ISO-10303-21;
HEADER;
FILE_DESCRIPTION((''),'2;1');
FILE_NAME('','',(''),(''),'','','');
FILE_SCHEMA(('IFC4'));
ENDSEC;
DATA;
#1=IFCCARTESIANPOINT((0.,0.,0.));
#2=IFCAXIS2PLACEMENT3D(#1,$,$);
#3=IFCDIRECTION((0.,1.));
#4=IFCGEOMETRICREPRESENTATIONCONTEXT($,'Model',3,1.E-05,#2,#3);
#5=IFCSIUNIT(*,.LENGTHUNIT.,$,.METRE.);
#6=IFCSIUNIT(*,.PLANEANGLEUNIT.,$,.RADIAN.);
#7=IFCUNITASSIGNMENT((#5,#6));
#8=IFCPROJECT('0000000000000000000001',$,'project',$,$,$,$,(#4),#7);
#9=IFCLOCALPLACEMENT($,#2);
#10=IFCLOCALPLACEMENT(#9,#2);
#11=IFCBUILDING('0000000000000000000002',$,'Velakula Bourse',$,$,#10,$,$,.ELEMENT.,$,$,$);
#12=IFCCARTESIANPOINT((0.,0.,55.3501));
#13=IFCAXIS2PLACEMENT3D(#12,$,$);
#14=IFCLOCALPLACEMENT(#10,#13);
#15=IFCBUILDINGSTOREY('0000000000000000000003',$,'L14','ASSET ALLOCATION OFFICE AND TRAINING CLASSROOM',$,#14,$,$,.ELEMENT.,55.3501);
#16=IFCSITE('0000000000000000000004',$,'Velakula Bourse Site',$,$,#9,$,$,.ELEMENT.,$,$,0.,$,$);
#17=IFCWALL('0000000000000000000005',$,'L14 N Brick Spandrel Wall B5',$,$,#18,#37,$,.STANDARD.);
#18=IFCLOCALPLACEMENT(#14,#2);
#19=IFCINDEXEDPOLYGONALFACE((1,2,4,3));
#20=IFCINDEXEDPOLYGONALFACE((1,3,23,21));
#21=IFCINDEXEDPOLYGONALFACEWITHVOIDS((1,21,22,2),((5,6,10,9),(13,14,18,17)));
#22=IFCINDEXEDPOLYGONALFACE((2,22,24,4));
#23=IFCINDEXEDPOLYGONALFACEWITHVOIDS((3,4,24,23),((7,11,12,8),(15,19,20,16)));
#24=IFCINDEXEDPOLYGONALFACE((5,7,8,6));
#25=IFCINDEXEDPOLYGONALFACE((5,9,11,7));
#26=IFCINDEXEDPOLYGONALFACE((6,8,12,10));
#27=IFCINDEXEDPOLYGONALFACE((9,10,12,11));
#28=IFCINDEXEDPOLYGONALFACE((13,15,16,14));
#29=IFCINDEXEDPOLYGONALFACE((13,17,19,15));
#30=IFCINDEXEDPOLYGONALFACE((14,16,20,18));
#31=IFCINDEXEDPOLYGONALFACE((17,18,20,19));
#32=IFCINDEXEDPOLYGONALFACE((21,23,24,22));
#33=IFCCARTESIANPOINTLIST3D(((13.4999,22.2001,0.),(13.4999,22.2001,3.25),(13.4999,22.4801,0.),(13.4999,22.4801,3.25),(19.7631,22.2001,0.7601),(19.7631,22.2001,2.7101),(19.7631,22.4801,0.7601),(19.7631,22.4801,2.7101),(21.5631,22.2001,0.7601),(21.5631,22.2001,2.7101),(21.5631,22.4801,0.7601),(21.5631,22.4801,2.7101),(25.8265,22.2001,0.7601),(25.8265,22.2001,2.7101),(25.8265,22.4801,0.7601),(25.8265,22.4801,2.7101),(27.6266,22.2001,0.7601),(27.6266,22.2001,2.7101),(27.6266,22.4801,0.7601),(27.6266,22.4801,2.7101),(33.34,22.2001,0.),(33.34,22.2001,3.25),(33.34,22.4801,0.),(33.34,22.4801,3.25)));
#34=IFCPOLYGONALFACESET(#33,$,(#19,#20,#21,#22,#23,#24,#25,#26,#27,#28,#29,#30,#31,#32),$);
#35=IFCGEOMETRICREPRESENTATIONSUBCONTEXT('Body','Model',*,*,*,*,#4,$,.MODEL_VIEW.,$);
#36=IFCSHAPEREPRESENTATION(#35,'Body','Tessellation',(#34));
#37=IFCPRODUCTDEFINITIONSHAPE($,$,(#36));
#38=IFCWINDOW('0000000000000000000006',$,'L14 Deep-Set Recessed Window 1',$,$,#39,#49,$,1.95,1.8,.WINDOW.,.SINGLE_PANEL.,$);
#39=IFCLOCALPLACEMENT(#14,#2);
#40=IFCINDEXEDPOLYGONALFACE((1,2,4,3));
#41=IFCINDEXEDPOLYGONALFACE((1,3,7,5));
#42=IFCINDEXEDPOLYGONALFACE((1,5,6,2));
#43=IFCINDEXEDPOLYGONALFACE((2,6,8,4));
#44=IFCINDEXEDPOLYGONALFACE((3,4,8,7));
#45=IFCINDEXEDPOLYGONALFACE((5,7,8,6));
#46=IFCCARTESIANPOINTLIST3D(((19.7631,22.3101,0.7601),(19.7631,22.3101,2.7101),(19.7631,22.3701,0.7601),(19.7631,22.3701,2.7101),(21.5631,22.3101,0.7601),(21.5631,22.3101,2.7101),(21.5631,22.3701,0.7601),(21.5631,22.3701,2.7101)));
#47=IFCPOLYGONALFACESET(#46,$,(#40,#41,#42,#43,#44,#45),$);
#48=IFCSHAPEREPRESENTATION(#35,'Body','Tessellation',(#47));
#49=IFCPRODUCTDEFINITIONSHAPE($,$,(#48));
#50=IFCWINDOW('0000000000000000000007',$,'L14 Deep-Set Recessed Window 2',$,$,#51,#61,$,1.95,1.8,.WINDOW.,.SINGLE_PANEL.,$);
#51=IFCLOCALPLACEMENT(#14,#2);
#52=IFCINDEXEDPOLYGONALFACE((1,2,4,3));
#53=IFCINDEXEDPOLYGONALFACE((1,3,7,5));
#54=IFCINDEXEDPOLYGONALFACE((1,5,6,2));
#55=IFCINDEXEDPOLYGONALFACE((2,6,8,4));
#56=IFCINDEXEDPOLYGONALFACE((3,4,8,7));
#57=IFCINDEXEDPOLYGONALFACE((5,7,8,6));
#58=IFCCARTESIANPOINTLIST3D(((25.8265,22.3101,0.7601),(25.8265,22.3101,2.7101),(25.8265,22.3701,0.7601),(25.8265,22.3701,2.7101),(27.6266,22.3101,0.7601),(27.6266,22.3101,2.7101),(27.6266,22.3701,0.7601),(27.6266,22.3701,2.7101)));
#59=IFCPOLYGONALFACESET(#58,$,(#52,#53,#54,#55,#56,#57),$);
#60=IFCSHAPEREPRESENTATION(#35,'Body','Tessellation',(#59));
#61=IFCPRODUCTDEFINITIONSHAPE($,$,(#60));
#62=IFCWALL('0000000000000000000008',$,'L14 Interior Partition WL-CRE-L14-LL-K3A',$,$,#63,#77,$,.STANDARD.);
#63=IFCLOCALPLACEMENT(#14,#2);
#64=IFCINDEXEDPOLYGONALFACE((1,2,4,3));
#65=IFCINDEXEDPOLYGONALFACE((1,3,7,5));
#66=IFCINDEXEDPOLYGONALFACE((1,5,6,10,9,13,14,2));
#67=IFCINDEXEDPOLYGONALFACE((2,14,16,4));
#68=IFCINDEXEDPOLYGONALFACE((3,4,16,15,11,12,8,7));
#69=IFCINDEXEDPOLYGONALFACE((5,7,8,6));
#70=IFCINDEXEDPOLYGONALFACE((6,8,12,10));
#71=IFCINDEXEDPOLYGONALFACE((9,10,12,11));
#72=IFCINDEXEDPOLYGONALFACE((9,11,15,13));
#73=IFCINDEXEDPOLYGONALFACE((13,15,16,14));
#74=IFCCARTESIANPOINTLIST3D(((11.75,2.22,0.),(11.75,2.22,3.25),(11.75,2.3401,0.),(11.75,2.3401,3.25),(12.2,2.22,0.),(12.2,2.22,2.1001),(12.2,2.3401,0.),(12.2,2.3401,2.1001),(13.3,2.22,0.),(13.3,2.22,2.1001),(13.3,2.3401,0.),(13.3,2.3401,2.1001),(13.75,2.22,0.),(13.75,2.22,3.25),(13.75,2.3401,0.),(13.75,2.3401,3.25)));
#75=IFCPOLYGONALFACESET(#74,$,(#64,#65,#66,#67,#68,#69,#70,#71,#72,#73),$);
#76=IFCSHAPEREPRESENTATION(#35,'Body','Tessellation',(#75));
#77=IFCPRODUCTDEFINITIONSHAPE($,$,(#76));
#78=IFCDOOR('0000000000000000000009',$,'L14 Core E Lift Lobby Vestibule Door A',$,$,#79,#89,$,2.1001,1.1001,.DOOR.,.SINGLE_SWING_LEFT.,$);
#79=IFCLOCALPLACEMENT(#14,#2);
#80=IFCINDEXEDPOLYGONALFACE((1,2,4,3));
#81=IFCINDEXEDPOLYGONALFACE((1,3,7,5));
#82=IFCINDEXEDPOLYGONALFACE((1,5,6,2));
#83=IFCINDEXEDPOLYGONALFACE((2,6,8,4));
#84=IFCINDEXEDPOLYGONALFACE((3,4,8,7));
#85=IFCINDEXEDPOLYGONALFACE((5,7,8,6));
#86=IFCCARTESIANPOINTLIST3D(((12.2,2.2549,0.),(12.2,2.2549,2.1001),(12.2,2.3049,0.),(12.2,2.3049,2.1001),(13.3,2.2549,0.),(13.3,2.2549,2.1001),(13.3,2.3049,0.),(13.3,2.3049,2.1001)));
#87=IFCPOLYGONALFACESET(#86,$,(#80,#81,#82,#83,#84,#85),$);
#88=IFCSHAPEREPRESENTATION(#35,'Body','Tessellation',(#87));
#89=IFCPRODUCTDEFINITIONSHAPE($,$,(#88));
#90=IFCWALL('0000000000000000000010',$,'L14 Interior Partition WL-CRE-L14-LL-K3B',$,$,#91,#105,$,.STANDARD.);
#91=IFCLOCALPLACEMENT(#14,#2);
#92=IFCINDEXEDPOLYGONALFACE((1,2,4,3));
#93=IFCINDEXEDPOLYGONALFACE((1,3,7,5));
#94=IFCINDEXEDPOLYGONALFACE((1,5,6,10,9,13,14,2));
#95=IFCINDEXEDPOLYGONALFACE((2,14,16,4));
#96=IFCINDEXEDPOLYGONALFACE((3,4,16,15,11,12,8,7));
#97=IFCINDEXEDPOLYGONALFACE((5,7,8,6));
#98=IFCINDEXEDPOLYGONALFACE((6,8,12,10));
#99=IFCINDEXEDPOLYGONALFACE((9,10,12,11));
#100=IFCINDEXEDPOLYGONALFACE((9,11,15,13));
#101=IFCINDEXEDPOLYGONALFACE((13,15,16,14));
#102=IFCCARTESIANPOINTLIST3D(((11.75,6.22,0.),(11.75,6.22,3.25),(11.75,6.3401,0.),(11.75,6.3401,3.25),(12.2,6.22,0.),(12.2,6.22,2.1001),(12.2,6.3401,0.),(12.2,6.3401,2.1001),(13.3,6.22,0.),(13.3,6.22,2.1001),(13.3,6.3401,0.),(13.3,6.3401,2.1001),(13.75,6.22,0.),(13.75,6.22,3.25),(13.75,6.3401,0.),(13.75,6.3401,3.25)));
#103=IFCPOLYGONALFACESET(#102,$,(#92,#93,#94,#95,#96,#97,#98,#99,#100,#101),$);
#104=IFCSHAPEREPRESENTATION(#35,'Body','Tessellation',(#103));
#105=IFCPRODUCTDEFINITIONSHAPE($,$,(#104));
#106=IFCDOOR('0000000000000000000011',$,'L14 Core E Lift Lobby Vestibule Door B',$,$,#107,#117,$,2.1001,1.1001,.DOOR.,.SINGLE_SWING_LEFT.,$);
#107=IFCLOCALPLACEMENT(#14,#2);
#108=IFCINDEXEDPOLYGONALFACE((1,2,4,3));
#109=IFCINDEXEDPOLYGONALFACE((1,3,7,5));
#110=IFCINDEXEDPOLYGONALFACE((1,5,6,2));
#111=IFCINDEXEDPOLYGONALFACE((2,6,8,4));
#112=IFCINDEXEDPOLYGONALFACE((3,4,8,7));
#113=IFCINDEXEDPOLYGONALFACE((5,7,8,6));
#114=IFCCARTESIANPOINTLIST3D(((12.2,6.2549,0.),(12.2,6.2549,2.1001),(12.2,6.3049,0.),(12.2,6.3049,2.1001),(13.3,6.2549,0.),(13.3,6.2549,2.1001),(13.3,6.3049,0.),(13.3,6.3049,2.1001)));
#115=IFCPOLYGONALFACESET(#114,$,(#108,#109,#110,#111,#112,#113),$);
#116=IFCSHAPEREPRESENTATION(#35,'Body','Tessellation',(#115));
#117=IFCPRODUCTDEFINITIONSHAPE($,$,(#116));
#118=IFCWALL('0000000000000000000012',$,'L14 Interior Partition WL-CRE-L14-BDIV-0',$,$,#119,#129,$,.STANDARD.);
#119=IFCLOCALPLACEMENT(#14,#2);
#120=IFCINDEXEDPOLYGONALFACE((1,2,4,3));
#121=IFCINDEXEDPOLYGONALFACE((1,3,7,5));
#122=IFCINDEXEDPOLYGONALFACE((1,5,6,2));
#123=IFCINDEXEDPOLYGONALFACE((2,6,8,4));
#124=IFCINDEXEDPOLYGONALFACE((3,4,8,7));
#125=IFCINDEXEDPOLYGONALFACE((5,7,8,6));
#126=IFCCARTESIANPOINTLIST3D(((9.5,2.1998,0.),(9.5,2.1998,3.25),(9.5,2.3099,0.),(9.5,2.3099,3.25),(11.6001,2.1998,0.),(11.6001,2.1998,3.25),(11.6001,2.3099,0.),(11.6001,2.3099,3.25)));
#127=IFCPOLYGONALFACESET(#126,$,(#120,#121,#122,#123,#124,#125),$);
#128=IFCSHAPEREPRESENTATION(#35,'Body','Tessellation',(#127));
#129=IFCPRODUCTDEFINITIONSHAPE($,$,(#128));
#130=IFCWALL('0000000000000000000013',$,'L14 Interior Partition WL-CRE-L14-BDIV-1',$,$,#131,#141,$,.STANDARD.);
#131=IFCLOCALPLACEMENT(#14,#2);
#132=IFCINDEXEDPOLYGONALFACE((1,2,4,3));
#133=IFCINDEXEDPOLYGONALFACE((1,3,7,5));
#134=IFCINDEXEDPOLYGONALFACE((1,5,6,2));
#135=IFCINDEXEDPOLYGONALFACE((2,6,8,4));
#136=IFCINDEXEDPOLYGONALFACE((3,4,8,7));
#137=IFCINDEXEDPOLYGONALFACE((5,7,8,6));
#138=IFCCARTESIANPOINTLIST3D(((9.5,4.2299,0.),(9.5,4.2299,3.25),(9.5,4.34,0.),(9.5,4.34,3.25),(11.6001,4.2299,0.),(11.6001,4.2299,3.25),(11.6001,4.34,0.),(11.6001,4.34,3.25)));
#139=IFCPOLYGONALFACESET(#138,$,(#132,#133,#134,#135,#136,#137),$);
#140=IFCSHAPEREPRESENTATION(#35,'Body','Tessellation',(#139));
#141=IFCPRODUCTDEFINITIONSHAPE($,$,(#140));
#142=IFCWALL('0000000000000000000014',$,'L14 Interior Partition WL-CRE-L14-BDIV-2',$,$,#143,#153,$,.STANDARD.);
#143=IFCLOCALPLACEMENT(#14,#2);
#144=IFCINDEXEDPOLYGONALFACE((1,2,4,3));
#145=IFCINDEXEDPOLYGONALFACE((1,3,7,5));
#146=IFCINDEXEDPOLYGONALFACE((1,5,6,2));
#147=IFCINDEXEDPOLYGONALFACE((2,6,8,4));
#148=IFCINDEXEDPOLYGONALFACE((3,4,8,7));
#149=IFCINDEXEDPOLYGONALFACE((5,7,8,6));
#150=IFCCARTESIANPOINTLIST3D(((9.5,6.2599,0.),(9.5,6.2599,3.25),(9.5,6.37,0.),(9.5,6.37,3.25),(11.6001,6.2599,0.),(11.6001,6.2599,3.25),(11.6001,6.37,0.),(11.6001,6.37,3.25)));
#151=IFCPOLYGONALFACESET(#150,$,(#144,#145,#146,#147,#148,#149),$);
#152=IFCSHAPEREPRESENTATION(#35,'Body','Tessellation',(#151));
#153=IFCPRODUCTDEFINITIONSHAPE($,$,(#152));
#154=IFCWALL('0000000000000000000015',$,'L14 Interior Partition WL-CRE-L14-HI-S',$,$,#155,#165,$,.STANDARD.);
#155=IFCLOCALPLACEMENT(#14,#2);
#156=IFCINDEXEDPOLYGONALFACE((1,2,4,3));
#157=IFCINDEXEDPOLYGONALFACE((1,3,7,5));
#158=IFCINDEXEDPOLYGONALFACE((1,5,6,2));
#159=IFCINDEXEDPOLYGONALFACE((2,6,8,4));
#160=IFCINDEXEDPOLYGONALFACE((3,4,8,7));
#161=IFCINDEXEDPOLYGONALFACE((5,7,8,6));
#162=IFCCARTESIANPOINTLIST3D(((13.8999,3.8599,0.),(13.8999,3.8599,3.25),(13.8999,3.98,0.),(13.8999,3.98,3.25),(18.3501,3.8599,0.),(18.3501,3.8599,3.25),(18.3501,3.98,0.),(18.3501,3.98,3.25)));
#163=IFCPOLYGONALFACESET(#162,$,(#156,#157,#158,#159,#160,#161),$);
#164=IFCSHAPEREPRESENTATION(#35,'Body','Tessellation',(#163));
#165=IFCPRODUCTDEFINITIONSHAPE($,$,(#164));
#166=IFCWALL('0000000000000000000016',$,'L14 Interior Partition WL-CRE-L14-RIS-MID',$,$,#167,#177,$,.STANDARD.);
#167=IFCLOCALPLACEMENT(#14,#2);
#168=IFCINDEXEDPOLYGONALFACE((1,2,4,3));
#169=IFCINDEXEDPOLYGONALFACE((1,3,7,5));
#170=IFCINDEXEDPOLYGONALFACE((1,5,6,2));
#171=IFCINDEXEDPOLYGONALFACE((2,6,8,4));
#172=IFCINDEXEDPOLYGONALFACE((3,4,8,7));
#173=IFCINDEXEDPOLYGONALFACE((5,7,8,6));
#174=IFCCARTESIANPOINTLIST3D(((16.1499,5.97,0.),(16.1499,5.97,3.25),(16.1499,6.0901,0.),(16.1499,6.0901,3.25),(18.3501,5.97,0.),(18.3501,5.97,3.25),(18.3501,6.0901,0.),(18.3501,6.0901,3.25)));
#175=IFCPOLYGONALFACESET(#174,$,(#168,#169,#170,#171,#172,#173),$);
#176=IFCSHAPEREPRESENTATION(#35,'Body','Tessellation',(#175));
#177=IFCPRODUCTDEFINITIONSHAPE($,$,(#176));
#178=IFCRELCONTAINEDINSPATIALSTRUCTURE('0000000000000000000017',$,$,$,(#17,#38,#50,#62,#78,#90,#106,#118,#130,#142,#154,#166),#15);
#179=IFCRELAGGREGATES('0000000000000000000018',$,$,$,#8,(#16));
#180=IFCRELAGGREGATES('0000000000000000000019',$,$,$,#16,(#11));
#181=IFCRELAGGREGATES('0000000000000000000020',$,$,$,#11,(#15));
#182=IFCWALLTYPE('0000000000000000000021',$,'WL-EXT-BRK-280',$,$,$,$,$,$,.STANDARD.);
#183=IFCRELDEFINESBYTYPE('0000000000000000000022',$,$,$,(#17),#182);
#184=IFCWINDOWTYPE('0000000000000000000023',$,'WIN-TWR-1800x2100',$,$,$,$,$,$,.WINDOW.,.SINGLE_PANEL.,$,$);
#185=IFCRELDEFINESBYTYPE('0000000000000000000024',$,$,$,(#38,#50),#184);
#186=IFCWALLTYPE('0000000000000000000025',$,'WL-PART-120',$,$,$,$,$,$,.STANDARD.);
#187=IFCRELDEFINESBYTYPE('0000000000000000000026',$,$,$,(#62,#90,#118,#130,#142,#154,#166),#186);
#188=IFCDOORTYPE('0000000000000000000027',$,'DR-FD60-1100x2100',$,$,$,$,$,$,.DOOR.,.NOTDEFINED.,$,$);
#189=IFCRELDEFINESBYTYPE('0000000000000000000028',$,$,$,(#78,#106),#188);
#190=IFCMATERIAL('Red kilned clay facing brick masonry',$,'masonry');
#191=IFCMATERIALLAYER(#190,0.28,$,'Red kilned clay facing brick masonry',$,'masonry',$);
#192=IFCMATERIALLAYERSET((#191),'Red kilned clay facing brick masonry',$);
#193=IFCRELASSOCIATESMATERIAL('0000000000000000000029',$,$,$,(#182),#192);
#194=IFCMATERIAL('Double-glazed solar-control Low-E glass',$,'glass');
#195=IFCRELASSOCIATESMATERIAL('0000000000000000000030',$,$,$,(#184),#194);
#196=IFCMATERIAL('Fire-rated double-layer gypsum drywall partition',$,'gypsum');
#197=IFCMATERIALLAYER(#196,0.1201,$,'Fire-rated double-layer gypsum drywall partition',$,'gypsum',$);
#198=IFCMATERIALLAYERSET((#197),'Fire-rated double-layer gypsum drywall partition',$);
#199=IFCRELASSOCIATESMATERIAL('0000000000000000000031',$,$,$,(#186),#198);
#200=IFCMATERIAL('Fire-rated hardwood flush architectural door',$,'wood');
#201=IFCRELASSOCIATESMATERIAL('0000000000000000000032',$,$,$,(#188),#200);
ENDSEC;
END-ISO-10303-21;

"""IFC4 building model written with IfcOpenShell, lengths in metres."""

from ifc_helpers import new_model, si_unit, direction, frame, frame_2d, origin, place, context, subcontext, project, spatial, rectangle, extrude, material, layer, layer_set, type_object, element, fill, save


model = new_model("IFC4")

# Units and contexts
model_context = context("Model", 3, precision=1e-05, world=origin(), true_north=direction((0.0, 1.0)))
body_context = subcontext(model_context, "Body", "Model", "MODEL_VIEW")
ifc_project = project(units=[si_unit("LENGTHUNIT", "METRE"), si_unit("PLANEANGLEUNIT", "RADIAN")], contexts=[model_context])

# Site, building, storey
site_placement = place(None, origin())
site = spatial("IfcSite", under=ifc_project, at=site_placement, Name="Velakula Bourse Site", CompositionType="ELEMENT", RefElevation=0.0)
building_placement = place(site_placement, origin())
building = spatial("IfcBuilding", under=site, at=building_placement, Name="Velakula Bourse", CompositionType="ELEMENT")
storey_placement = place(building_placement, frame((0.0, 0.0, 55.3501)))
storey = spatial("IfcBuildingStorey", under=building, at=storey_placement, Name="L14", Description="ASSET ALLOCATION OFFICE AND TRAINING CLASSROOM", CompositionType="ELEMENT", Elevation=55.3501)

# Wall, openings, windows
ifc_material_1 = material(Name="Red kilned clay facing brick masonry", Category="masonry")
ifc_layer_1 = layer(ifc_material_1, 0.28, Name="Red kilned clay facing brick masonry", Category="masonry")
ifc_layer_set_1 = layer_set([ifc_layer_1], Name="Red kilned clay facing brick masonry")
wall_type_1 = type_object("IfcWallType", Name="WL-EXT-BRK-280", PredefinedType="STANDARD", material=ifc_layer_set_1)
wall_1_placement = place(storey_placement, frame((13.5, 22.3401, 0.0), z_axis=(0.0, 0.0, 1.0), x_axis=(1.0, 0.0, 0.0)))
wall_1 = element("IfcWall", 1, at=wall_1_placement, inside=storey, type_object=wall_type_1, Name="L14 N Brick Spandrel Wall B5", PredefinedType="STANDARD", context=body_context, shape_type="SweptSolid", body=[
    extrude(rectangle(XDim=19.8401, YDim=0.28, at=frame_2d((9.9199, 0.0))), origin(), (0.0, 0.0, 1.0), 3.25),
])
opening_1_placement = place(wall_1_placement, frame((6.2632, 0.0, 0.76)))
opening_1 = element("IfcOpeningElement", 2, at=opening_1_placement, cuts=wall_1, PredefinedType="OPENING", context=body_context, shape_type="SweptSolid", body=[
    extrude(rectangle(XDim=1.8, YDim=1.95, at=frame_2d((0.8999, 0.9751))), frame((0.0, 0.1499, 0.0), z_axis=(0.0, -1.0, 0.0), x_axis=(1.0, 0.0, 0.0)), (0.0, 0.0, 1.0), 0.3),
])
opening_2_placement = place(wall_1_placement, frame((12.3267, 0.0, 0.76)))
opening_2 = element("IfcOpeningElement", 3, at=opening_2_placement, cuts=wall_1, PredefinedType="OPENING", context=body_context, shape_type="SweptSolid", body=[
    extrude(rectangle(XDim=1.8, YDim=1.95, at=frame_2d((0.8999, 0.9751))), frame((0.0, 0.1499, 0.0), z_axis=(0.0, -1.0, 0.0), x_axis=(1.0, 0.0, 0.0)), (0.0, 0.0, 1.0), 0.3),
])
ifc_material_2 = material(Name="Double-glazed solar-control Low-E glass", Category="glass")
window_type = type_object("IfcWindowType", Name="WIN-TWR-1800x2100", PartitioningType="SINGLE_PANEL", PredefinedType="WINDOW", material=ifc_material_2)
window_1_placement = place(opening_1_placement, origin())
window_1 = element("IfcWindow", 4, at=window_1_placement, inside=storey, type_object=window_type, Name="L14 Deep-Set Recessed Window 1", OverallHeight=1.95, OverallWidth=1.8, PartitioningType="SINGLE_PANEL", PredefinedType="WINDOW", context=body_context, shape_type="SweptSolid", body=[
    extrude(rectangle(XDim=1.8, YDim=1.95, at=frame_2d((0.8999, 0.9751))), frame((0.0, 0.03, 0.0), z_axis=(0.0, -1.0, 0.0), x_axis=(1.0, 0.0, 0.0)), (0.0, 0.0, 1.0), 0.0601),
])
fill(opening_1, window_1)
window_2_placement = place(opening_2_placement, origin())
window_2 = element("IfcWindow", 5, at=window_2_placement, inside=storey, type_object=window_type, Name="L14 Deep-Set Recessed Window 2", OverallHeight=1.95, OverallWidth=1.8, PartitioningType="SINGLE_PANEL", PredefinedType="WINDOW", context=body_context, shape_type="SweptSolid", body=[
    extrude(rectangle(XDim=1.8, YDim=1.95, at=frame_2d((0.8999, 0.9751))), frame((0.0, 0.03, 0.0), z_axis=(0.0, -1.0, 0.0), x_axis=(1.0, 0.0, 0.0)), (0.0, 0.0, 1.0), 0.0601),
])
fill(opening_2, window_2)

# Walls, openings, doors
ifc_material_3 = material(Name="Fire-rated double-layer gypsum drywall partition", Category="gypsum")
ifc_layer_2 = layer(ifc_material_3, 0.1201, Name="Fire-rated double-layer gypsum drywall partition", Category="gypsum")
ifc_layer_set_2 = layer_set([ifc_layer_2], Name="Fire-rated double-layer gypsum drywall partition")
wall_type_2 = type_object("IfcWallType", Name="WL-PART-120", PredefinedType="STANDARD", material=ifc_layer_set_2)
wall_2_placement = place(storey_placement, frame((11.75, 2.28, 0.0), z_axis=(0.0, 0.0, 1.0), x_axis=(1.0, 0.0, 0.0)))
wall_2 = element("IfcWall", 6, at=wall_2_placement, inside=storey, type_object=wall_type_2, Name="L14 Interior Partition WL-CRE-L14-LL-K3A", PredefinedType="STANDARD", context=body_context, shape_type="SweptSolid", body=[
    extrude(rectangle(XDim=2.0, YDim=0.1201, at=frame_2d((1.0, 0.0))), origin(), (0.0, 0.0, 1.0), 3.25),
])
opening_3_placement = place(wall_2_placement, frame((0.45, 0.0, 0.0)))
opening_3 = element("IfcOpeningElement", 7, at=opening_3_placement, cuts=wall_2, PredefinedType="OPENING", context=body_context, shape_type="SweptSolid", body=[
    extrude(rectangle(XDim=1.1001, YDim=2.1001, at=frame_2d((0.55, 1.05))), frame((0.0, 0.0701, 0.0), z_axis=(0.0, -1.0, 0.0), x_axis=(1.0, 0.0, 0.0)), (0.0, 0.0, 1.0), 0.1401),
])
ifc_material_4 = material(Name="Fire-rated hardwood flush architectural door", Category="wood")
door_type_1 = type_object("IfcDoorType", Name="DR-FD60-1100x2100", OperationType="NOTDEFINED", PredefinedType="DOOR", material=ifc_material_4)
door_1_placement = place(opening_3_placement, origin())
door_1 = element("IfcDoor", 8, at=door_1_placement, inside=storey, type_object=door_type_1, Name="L14 Core E Lift Lobby Vestibule Door A", OperationType="SINGLE_SWING_LEFT", OverallHeight=2.1001, OverallWidth=1.1001, PredefinedType="DOOR", context=body_context, shape_type="SweptSolid", body=[
    extrude(rectangle(XDim=1.1001, YDim=2.1001, at=frame_2d((0.55, 1.05))), frame((0.0, 0.0249, 0.0), z_axis=(0.0, -1.0, 0.0), x_axis=(1.0, 0.0, 0.0)), (0.0, 0.0, 1.0), 0.05),
])
fill(opening_3, door_1)
wall_3_placement = place(storey_placement, frame((11.75, 6.28, 0.0), z_axis=(0.0, 0.0, 1.0), x_axis=(1.0, 0.0, 0.0)))
wall_3 = element("IfcWall", 9, at=wall_3_placement, inside=storey, type_object=wall_type_2, Name="L14 Interior Partition WL-CRE-L14-LL-K3B", PredefinedType="STANDARD", context=body_context, shape_type="SweptSolid", body=[
    extrude(rectangle(XDim=2.0, YDim=0.1201, at=frame_2d((1.0, 0.0))), origin(), (0.0, 0.0, 1.0), 3.25),
])
opening_4_placement = place(wall_3_placement, frame((0.45, 0.0, 0.0)))
opening_4 = element("IfcOpeningElement", 10, at=opening_4_placement, cuts=wall_3, PredefinedType="OPENING", context=body_context, shape_type="SweptSolid", body=[
    extrude(rectangle(XDim=1.1001, YDim=2.1001, at=frame_2d((0.55, 1.05))), frame((0.0, 0.0701, 0.0), z_axis=(0.0, -1.0, 0.0), x_axis=(1.0, 0.0, 0.0)), (0.0, 0.0, 1.0), 0.1401),
])
door_2_placement = place(opening_4_placement, origin())
door_2 = element("IfcDoor", 11, at=door_2_placement, inside=storey, type_object=door_type_1, Name="L14 Core E Lift Lobby Vestibule Door B", OperationType="SINGLE_SWING_LEFT", OverallHeight=2.1001, OverallWidth=1.1001, PredefinedType="DOOR", context=body_context, shape_type="SweptSolid", body=[
    extrude(rectangle(XDim=1.1001, YDim=2.1001, at=frame_2d((0.55, 1.05))), frame((0.0, 0.0249, 0.0), z_axis=(0.0, -1.0, 0.0), x_axis=(1.0, 0.0, 0.0)), (0.0, 0.0, 1.0), 0.05),
])
fill(opening_4, door_2)

# Walls
for number, where, z_axis, x_axis, name in (
    (12, (9.5, 2.2549, 0.0), (0.0, 0.0, 1.0), (1.0, 0.0, 0.0), "L14 Interior Partition WL-CRE-L14-BDIV-0"),
    (13, (9.5, 4.2849, 0.0), (0.0, 0.0, 1.0), (1.0, 0.0, 0.0), "L14 Interior Partition WL-CRE-L14-BDIV-1"),
    (14, (9.5, 6.3149, 0.0), (0.0, 0.0, 1.0), (1.0, 0.0, 0.0), "L14 Interior Partition WL-CRE-L14-BDIV-2"),
):
    element("IfcWall", number, at=place(storey_placement, frame(where, z_axis=z_axis, x_axis=x_axis)), inside=storey, type_object=wall_type_2, Name=name, PredefinedType="STANDARD", context=body_context, shape_type="SweptSolid", body=[
        extrude(rectangle(XDim=2.1001, YDim=0.1101, at=frame_2d((1.05, 0.0))), origin(), (0.0, 0.0, 1.0), 3.25),
    ])
wall_4_placement = place(storey_placement, frame((13.8999, 3.9199, 0.0), z_axis=(0.0, 0.0, 1.0), x_axis=(1.0, 0.0, 0.0)))
element("IfcWall", 15, at=wall_4_placement, inside=storey, type_object=wall_type_2, Name="L14 Interior Partition WL-CRE-L14-HI-S", PredefinedType="STANDARD", context=body_context, shape_type="SweptSolid", body=[
    extrude(rectangle(XDim=4.4502, YDim=0.1201, at=frame_2d((2.2251, 0.0))), origin(), (0.0, 0.0, 1.0), 3.25),
])
wall_5_placement = place(storey_placement, frame((16.1499, 6.03, 0.0), z_axis=(0.0, 0.0, 1.0), x_axis=(1.0, 0.0, 0.0)))
element("IfcWall", 16, at=wall_5_placement, inside=storey, type_object=wall_type_2, Name="L14 Interior Partition WL-CRE-L14-RIS-MID", PredefinedType="STANDARD", context=body_context, shape_type="SweptSolid", body=[
    extrude(rectangle(XDim=2.2002, YDim=0.1201, at=frame_2d((1.1001, 0.0))), origin(), (0.0, 0.0, 1.0), 3.25),
])

save(model, "model.ifc")
